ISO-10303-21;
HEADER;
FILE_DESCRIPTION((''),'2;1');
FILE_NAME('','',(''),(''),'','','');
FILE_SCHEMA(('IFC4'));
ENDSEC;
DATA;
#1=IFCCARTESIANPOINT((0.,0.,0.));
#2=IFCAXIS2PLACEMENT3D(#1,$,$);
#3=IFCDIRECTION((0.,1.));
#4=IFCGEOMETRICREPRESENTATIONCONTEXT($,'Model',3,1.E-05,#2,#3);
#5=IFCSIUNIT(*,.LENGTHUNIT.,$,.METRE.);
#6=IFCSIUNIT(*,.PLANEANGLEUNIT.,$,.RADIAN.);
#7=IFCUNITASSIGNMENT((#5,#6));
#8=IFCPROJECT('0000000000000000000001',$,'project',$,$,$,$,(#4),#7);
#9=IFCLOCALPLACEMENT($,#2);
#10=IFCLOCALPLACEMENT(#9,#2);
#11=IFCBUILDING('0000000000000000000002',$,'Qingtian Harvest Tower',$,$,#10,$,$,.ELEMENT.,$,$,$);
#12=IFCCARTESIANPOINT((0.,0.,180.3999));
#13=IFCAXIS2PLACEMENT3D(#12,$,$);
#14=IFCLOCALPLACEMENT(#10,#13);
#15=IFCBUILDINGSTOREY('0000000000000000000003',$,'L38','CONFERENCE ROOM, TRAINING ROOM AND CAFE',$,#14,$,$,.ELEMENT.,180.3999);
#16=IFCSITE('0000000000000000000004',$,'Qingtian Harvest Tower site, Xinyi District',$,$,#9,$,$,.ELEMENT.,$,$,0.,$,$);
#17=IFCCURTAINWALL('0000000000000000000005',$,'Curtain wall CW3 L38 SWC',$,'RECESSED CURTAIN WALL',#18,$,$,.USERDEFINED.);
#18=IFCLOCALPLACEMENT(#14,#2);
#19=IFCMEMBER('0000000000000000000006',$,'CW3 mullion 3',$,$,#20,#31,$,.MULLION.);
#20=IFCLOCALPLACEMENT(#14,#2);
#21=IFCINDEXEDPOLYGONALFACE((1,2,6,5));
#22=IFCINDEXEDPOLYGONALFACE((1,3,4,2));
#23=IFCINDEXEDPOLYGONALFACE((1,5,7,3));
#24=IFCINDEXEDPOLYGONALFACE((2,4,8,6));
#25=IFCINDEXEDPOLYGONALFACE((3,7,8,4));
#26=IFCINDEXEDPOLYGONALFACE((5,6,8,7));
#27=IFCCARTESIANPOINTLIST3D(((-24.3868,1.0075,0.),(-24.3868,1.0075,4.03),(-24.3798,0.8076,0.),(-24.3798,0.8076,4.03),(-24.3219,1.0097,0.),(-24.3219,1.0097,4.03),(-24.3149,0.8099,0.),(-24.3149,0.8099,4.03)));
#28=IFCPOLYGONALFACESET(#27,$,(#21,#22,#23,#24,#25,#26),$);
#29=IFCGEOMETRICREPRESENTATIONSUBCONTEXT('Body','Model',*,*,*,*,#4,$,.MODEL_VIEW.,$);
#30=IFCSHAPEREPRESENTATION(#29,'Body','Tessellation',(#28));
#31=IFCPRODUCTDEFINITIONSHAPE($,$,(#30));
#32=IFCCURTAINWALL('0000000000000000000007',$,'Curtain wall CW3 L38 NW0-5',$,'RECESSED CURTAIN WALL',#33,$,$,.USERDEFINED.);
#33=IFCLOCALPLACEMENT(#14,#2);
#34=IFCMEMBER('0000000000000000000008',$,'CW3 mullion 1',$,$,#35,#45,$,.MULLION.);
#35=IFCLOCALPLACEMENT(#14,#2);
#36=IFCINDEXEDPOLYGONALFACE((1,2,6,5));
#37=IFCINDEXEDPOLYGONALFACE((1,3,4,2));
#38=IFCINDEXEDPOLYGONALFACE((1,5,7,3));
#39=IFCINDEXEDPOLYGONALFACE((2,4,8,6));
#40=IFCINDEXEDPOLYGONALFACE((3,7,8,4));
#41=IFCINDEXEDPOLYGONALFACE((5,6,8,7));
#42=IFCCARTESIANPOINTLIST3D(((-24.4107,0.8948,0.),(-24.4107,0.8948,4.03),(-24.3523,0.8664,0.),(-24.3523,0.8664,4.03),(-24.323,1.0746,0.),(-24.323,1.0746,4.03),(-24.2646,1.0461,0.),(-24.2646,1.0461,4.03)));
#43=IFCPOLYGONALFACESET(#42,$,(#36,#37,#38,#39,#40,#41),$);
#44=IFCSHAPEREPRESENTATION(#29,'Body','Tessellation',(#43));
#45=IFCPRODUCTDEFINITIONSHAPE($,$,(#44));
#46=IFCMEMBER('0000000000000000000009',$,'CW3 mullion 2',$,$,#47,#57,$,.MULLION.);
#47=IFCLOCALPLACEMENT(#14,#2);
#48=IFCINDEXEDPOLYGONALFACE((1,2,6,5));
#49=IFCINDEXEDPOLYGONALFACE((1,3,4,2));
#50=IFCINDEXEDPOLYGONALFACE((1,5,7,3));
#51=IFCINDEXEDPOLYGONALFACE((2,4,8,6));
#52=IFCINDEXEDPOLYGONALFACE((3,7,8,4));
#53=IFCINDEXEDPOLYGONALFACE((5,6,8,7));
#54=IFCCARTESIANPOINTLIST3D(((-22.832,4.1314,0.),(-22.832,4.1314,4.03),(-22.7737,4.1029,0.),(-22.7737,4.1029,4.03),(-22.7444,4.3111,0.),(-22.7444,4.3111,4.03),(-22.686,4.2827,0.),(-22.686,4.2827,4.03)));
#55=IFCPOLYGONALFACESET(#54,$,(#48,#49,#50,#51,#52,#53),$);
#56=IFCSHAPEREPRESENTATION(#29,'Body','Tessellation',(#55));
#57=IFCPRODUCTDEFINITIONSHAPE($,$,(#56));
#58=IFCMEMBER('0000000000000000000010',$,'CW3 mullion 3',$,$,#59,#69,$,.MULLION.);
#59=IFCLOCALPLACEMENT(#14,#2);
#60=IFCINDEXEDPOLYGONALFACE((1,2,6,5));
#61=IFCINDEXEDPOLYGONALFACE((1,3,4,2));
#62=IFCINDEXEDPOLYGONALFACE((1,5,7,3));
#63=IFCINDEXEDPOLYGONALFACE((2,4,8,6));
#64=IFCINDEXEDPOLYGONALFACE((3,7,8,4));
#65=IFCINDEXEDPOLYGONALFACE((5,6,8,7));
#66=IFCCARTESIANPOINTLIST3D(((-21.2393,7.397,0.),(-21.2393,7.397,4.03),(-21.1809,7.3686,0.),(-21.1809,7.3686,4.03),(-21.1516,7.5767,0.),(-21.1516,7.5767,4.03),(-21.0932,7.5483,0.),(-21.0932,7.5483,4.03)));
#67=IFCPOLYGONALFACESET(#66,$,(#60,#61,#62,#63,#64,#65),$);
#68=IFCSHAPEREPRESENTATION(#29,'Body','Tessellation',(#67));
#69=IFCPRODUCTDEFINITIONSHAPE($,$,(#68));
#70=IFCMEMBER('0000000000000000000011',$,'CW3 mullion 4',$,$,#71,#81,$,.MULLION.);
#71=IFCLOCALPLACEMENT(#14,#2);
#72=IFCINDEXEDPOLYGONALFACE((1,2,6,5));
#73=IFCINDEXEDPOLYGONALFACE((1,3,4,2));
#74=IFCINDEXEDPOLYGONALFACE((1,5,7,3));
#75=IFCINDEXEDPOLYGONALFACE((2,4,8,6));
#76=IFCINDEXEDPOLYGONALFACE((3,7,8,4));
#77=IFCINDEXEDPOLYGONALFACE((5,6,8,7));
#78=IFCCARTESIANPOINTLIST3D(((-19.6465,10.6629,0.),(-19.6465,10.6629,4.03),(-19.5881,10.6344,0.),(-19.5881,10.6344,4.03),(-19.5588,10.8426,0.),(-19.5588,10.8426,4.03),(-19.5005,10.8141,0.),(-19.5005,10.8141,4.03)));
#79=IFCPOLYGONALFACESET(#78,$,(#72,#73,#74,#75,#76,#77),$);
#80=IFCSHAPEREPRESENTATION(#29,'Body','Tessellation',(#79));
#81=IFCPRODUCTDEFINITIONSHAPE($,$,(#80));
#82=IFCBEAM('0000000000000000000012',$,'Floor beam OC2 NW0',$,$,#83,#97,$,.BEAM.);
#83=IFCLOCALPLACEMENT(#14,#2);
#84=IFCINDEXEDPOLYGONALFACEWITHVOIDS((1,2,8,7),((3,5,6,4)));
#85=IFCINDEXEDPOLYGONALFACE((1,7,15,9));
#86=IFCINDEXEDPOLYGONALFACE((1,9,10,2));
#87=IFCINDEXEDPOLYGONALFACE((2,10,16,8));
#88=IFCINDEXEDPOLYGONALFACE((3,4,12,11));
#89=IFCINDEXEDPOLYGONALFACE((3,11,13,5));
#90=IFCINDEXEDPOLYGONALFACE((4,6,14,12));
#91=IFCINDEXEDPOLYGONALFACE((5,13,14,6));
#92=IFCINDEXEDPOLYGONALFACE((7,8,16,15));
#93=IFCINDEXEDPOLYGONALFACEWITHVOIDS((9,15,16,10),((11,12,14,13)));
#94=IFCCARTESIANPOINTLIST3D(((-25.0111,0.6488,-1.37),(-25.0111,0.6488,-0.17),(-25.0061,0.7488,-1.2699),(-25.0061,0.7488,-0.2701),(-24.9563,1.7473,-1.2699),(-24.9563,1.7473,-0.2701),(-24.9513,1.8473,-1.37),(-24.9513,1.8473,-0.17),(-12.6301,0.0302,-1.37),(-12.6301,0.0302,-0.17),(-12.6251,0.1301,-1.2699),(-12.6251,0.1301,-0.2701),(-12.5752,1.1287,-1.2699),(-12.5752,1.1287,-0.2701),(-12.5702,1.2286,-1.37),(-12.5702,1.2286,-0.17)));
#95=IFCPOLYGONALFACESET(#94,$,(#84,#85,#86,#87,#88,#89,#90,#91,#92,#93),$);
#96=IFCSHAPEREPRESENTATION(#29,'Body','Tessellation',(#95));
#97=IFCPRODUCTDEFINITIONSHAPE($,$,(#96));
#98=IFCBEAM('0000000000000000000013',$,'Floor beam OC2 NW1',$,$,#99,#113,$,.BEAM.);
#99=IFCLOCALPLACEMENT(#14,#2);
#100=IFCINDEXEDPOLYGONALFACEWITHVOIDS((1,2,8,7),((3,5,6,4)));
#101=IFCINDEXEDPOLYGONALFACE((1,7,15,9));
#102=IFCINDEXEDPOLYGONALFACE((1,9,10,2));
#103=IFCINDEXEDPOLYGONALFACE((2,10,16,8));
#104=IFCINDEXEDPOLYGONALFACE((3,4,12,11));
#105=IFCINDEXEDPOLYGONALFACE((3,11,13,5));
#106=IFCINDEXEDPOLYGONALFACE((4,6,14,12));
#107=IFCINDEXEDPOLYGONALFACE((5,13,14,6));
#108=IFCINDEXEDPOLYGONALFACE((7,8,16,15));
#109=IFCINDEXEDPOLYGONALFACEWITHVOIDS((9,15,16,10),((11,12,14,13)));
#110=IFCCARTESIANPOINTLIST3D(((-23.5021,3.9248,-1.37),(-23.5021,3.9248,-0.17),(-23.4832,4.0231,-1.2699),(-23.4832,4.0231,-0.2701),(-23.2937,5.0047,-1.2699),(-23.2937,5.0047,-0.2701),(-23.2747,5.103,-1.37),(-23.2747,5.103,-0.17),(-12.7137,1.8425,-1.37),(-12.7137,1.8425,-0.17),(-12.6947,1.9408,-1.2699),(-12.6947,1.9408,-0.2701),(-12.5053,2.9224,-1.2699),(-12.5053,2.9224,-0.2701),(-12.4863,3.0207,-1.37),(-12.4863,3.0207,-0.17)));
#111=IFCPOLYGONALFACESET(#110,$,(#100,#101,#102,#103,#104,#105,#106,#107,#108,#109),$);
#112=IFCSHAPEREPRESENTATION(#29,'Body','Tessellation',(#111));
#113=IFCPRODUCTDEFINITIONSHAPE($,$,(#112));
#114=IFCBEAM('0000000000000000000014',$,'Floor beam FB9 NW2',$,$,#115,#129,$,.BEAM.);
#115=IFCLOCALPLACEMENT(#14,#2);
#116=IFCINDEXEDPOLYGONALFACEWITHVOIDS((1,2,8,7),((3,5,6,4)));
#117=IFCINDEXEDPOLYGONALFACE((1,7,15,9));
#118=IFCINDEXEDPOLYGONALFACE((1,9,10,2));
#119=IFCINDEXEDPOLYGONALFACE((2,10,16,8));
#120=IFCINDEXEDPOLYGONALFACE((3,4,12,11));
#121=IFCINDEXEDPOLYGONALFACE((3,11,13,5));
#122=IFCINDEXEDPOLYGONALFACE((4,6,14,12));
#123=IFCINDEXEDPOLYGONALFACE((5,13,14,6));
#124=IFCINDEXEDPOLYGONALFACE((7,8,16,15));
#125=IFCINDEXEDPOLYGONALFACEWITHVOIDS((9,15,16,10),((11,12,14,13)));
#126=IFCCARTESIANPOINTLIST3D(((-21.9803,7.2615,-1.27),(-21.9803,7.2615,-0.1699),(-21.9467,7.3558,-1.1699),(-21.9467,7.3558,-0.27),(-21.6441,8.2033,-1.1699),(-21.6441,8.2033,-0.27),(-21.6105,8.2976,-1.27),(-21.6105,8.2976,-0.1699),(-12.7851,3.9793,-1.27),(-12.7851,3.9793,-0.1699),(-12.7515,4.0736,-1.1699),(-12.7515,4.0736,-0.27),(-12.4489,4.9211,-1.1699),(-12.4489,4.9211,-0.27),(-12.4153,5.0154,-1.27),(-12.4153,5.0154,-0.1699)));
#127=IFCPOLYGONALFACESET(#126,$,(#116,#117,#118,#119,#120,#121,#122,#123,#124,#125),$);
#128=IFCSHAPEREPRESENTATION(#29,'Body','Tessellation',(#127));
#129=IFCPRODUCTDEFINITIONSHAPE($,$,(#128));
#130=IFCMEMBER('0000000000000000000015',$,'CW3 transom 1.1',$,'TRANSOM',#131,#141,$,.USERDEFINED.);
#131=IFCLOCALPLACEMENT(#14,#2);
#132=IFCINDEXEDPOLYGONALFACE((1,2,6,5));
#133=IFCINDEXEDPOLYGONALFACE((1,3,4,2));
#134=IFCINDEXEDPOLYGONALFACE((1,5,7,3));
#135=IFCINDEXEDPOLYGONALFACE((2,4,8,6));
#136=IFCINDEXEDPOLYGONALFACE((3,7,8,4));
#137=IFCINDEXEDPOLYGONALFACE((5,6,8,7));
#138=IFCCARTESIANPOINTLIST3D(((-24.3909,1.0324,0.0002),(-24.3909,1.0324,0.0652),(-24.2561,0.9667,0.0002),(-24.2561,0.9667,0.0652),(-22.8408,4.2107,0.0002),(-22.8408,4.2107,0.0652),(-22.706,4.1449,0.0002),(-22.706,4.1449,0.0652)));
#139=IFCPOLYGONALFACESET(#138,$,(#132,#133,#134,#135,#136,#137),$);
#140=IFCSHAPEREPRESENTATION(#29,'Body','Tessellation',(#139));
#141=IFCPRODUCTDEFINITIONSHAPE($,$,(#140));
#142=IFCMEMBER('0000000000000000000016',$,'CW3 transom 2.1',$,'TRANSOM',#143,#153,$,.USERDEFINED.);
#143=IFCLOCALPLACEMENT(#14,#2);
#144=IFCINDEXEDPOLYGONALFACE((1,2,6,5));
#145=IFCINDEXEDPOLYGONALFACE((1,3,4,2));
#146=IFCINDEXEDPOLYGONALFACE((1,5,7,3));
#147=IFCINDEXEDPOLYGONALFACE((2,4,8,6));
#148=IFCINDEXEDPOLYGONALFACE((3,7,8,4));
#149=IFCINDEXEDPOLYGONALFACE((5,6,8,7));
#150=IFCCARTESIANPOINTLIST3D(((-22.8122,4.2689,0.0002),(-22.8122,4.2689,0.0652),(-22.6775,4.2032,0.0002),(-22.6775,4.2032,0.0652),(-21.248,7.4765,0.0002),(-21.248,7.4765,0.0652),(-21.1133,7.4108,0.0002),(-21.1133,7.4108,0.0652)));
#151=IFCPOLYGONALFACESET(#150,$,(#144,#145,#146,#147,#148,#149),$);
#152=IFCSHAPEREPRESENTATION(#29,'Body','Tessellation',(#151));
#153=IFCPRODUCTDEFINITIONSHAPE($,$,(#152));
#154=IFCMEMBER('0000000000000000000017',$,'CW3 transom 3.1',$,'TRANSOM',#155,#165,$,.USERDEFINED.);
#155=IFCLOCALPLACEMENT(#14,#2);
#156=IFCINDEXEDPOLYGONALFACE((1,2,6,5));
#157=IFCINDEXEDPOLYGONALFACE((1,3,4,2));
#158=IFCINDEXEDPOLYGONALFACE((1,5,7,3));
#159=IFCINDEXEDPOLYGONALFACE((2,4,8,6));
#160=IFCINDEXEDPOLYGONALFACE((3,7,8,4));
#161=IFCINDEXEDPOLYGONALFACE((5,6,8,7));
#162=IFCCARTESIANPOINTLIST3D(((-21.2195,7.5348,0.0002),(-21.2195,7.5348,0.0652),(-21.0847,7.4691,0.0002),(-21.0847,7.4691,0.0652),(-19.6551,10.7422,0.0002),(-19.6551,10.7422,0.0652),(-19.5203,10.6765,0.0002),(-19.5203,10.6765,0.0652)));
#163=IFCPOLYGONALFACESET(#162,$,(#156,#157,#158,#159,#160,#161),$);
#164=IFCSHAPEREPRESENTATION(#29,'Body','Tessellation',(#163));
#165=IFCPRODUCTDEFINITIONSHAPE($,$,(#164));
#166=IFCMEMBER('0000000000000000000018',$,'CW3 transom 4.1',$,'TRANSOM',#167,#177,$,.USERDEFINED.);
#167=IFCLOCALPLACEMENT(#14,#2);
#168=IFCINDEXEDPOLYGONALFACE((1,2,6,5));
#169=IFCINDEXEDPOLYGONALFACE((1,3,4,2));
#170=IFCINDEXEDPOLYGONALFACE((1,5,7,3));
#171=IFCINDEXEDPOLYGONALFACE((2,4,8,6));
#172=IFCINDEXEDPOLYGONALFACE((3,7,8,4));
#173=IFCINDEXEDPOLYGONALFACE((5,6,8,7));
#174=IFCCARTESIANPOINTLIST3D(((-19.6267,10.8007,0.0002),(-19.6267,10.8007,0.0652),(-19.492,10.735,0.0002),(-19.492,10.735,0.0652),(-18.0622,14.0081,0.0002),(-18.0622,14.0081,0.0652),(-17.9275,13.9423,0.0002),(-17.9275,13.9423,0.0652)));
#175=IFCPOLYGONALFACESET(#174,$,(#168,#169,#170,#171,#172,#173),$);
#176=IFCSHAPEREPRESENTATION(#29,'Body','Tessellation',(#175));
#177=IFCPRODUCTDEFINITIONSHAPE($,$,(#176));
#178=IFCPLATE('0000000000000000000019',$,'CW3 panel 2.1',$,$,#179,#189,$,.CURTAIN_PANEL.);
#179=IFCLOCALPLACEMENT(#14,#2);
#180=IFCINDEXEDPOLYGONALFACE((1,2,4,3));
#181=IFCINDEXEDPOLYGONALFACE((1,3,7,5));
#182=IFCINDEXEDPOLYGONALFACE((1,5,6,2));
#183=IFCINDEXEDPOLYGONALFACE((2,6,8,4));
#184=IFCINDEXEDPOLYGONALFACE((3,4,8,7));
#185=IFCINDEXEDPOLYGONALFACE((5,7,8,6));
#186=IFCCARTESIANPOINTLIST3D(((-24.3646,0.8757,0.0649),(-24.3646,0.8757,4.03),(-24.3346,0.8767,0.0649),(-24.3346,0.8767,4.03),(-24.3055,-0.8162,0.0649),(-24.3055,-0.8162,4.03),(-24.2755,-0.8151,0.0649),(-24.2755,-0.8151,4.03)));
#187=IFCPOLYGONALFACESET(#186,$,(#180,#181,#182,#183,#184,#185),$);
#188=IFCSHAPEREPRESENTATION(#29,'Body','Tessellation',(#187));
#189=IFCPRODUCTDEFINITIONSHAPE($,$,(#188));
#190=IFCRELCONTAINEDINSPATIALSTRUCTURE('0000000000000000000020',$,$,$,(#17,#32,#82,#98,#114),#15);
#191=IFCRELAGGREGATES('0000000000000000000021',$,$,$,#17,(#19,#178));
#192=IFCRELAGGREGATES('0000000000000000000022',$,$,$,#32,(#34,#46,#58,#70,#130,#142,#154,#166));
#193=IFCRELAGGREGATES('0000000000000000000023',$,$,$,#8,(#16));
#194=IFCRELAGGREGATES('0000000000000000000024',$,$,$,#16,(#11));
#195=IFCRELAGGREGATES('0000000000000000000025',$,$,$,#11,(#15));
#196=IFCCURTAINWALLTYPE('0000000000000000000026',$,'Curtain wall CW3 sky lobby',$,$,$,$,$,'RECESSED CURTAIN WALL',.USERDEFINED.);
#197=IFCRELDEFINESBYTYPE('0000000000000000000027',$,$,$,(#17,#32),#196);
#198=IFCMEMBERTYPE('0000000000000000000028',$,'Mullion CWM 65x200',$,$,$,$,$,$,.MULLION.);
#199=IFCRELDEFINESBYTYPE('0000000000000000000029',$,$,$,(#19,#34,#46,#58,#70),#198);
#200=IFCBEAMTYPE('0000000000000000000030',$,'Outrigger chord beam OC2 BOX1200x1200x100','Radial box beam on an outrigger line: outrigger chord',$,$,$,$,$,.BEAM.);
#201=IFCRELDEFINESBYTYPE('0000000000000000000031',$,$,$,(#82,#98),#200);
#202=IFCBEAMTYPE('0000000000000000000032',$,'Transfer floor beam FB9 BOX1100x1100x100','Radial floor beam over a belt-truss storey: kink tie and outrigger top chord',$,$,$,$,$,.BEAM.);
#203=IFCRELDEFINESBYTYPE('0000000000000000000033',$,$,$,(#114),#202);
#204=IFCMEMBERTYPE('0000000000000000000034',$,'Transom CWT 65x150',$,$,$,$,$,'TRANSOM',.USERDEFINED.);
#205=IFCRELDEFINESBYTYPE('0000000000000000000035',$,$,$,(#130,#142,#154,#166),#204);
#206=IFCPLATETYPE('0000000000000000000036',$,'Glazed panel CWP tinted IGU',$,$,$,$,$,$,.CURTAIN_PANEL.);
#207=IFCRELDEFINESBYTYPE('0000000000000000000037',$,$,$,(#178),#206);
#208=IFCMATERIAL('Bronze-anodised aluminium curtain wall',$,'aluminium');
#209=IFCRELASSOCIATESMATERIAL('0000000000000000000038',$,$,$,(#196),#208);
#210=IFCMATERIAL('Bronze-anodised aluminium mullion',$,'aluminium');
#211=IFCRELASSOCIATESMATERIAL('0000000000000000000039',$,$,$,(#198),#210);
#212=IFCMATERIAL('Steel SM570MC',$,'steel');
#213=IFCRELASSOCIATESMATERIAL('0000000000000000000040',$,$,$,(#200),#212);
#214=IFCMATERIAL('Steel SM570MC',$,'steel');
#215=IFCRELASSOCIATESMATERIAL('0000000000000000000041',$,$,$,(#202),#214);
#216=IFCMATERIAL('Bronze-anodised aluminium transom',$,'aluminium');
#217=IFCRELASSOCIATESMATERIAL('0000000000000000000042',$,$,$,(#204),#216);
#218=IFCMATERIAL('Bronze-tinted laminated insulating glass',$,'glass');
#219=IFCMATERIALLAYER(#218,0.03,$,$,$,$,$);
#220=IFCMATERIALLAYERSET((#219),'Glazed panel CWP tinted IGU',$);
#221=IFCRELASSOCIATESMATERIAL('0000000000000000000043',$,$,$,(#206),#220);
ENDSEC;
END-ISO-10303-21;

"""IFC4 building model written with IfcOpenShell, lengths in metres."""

from ifc_helpers import new_model, si_unit, direction, frame, origin, origin_2d, place, context, subcontext, project, spatial, rectangle, hollow_rectangle, extrude, material, layer, layer_set, material_profile, profile_set, type_object, element, aggregate, save


model = new_model("IFC4")

# Units and contexts
model_context = context("Model", 3, precision=1e-05, world=origin(), true_north=direction((0.0, 1.0)))
body_context = subcontext(model_context, "Body", "Model", "MODEL_VIEW")
ifc_project = project(units=[si_unit("LENGTHUNIT", "METRE"), si_unit("PLANEANGLEUNIT", "RADIAN")], contexts=[model_context])

# Site, building, storey
site_placement = place(None, origin())
site = spatial("IfcSite", under=ifc_project, at=site_placement, Name="Qingtian Harvest Tower site, Xinyi District", CompositionType="ELEMENT", RefElevation=0.0)
building_placement = place(site_placement, origin())
building = spatial("IfcBuilding", under=site, at=building_placement, Name="Qingtian Harvest Tower", CompositionType="ELEMENT")
storey_placement = place(building_placement, frame((0.0, 0.0, 180.3999)))
storey = spatial("IfcBuildingStorey", under=building, at=storey_placement, Name="L38", Description="CONFERENCE ROOM, TRAINING ROOM AND CAFE", CompositionType="ELEMENT", Elevation=180.3999)

# Curtain wall, member
ifc_material_1 = material(Name="Bronze-anodised aluminium curtain wall", Category="aluminium")
curtain_wall_type = type_object("IfcCurtainWallType", Name="Curtain wall CW3 sky lobby", ElementType="RECESSED CURTAIN WALL", PredefinedType="USERDEFINED", material=ifc_material_1)
curtain_wall_1_placement = place(storey_placement, origin())
curtain_wall_1 = element("IfcCurtainWall", 1, at=curtain_wall_1_placement, inside=storey, type_object=curtain_wall_type, Name="Curtain wall CW3 L38 SWC", ObjectType="RECESSED CURTAIN WALL", PredefinedType="USERDEFINED")
ifc_material_2 = material(Name="Bronze-anodised aluminium mullion", Category="aluminium")
ifc_material_profile_1 = material_profile(ifc_material_2, rectangle(XDim=0.0649, YDim=0.2, at=origin_2d()), Name="AL 65x200")
ifc_profile_set_1 = profile_set([ifc_material_profile_1], Name="Bronze-anodised aluminium mullion")
member_type_1 = type_object("IfcMemberType", Name="Mullion CWM 65x200", PredefinedType="MULLION", material=ifc_profile_set_1)
member_1_placement = place(storey_placement, frame((-24.3508, 0.9087, 0.0), z_axis=(0.0, 0.0, 1.0), x_axis=(-0.999391, -0.034899, 0.0)))
member_1 = element("IfcMember", 2, at=member_1_placement, type_object=member_type_1, Name="CW3 mullion 3", PredefinedType="MULLION", context=body_context, shape_type="SweptSolid", body=[
    extrude(rectangle(XDim=0.0649, YDim=0.2, at=origin_2d()), origin(), (0.0, 0.0, 1.0), 4.03),
])

# Curtain wall, members
curtain_wall_2_placement = place(storey_placement, origin())
curtain_wall_2 = element("IfcCurtainWall", 3, at=curtain_wall_2_placement, inside=storey, type_object=curtain_wall_type, Name="Curtain wall CW3 L38 NW0-5", ObjectType="RECESSED CURTAIN WALL", PredefinedType="USERDEFINED")
member_2_placement = place(storey_placement, frame((-24.3376, 0.9705, 0.0), z_axis=(0.0, 0.0, 1.0), x_axis=(-0.898794, 0.438371, 0.0)))
member_2 = element("IfcMember", 4, at=member_2_placement, type_object=member_type_1, Name="CW3 mullion 1", PredefinedType="MULLION", context=body_context, shape_type="SweptSolid", body=[
    extrude(rectangle(XDim=0.0649, YDim=0.2, at=origin_2d()), origin(), (0.0, 0.0, 1.0), 4.03),
])
member_3_placement = place(storey_placement, frame((-22.759, 4.207, 0.0), z_axis=(0.0, 0.0, 1.0), x_axis=(-0.898794, 0.438371, 0.0)))
member_3 = element("IfcMember", 5, at=member_3_placement, type_object=member_type_1, Name="CW3 mullion 2", PredefinedType="MULLION", context=body_context, shape_type="SweptSolid", body=[
    extrude(rectangle(XDim=0.0649, YDim=0.2, at=origin_2d()), origin(), (0.0, 0.0, 1.0), 4.03),
])
member_4_placement = place(storey_placement, frame((-21.1663, 7.4727, 0.0), z_axis=(0.0, 0.0, 1.0), x_axis=(-0.898794, 0.438371, 0.0)))
member_4 = element("IfcMember", 6, at=member_4_placement, type_object=member_type_1, Name="CW3 mullion 3", PredefinedType="MULLION", context=body_context, shape_type="SweptSolid", body=[
    extrude(rectangle(XDim=0.0649, YDim=0.2, at=origin_2d()), origin(), (0.0, 0.0, 1.0), 4.03),
])
member_5_placement = place(storey_placement, frame((-19.5735, 10.7385, 0.0), z_axis=(0.0, 0.0, 1.0), x_axis=(-0.898794, 0.438371, 0.0)))
member_5 = element("IfcMember", 7, at=member_5_placement, type_object=member_type_1, Name="CW3 mullion 4", PredefinedType="MULLION", context=body_context, shape_type="SweptSolid", body=[
    extrude(rectangle(XDim=0.0649, YDim=0.2, at=origin_2d()), origin(), (0.0, 0.0, 1.0), 4.03),
])

# Beams
ifc_material_3 = material(Name="Steel SM570MC", Category="steel")
ifc_material_profile_2 = material_profile(ifc_material_3, hollow_rectangle(XDim=1.2, YDim=1.2, WallThickness=0.1001, at=origin_2d()), Name="BOX1200x1200x100")
ifc_profile_set_2 = profile_set([ifc_material_profile_2], Name="Steel SM570MC")
beam_type_1 = type_object("IfcBeamType", Name="Outrigger chord beam OC2 BOX1200x1200x100", Description="Radial box beam on an outrigger line: outrigger chord", PredefinedType="BEAM", material=ifc_profile_set_2)
beam_1_placement = place(storey_placement, frame((-24.9812, 1.248, -0.77), z_axis=(0.998754, -0.049905, 0.0), x_axis=(0.049905, 0.998754, 0.0)))
element("IfcBeam", 8, at=beam_1_placement, inside=storey, type_object=beam_type_1, Name="Floor beam OC2 NW0", PredefinedType="BEAM", context=body_context, shape_type="SweptSolid", body=[
    extrude(hollow_rectangle(XDim=1.2, YDim=1.2, WallThickness=0.1001, at=origin_2d()), origin(), (0.0, 0.0, 1.0), 12.3965),
])
beam_2_placement = place(storey_placement, frame((-23.3884, 4.5139, -0.77), z_axis=(0.981878, -0.189514, 0.0), x_axis=(0.189514, 0.981878, 0.0)))
element("IfcBeam", 9, at=beam_2_placement, inside=storey, type_object=beam_type_1, Name="Floor beam OC2 NW1", PredefinedType="BEAM", context=body_context, shape_type="SweptSolid", body=[
    extrude(hollow_rectangle(XDim=1.2, YDim=1.2, WallThickness=0.1001, at=origin_2d()), origin(), (0.0, 0.0, 1.0), 10.9875),
])
ifc_material_4 = material(Name="Steel SM570MC", Category="steel")
ifc_material_profile_3 = material_profile(ifc_material_4, hollow_rectangle(XDim=1.1001, YDim=1.1001, WallThickness=0.1001, at=origin_2d()), Name="BOX1100x1100x100")
ifc_profile_set_3 = profile_set([ifc_material_profile_3], Name="Steel SM570MC")
beam_type_2 = type_object("IfcBeamType", Name="Transfer floor beam FB9 BOX1100x1100x100", Description="Radial floor beam over a belt-truss storey: kink tie and outrigger top chord", PredefinedType="BEAM", material=ifc_profile_set_3)
beam_3_placement = place(storey_placement, frame((-21.7954, 7.7795, -0.72), z_axis=(0.941801, -0.336172, 0.0), x_axis=(0.336172, 0.941801, 0.0)))
element("IfcBeam", 10, at=beam_3_placement, inside=storey, type_object=beam_type_2, Name="Floor beam FB9 NW2", PredefinedType="BEAM", context=body_context, shape_type="SweptSolid", body=[
    extrude(hollow_rectangle(XDim=1.1001, YDim=1.1001, WallThickness=0.1001, at=origin_2d()), origin(), (0.0, 0.0, 1.0), 9.7634),
])

# Members
ifc_material_5 = material(Name="Bronze-anodised aluminium transom", Category="aluminium")
ifc_material_profile_4 = material_profile(ifc_material_5, rectangle(XDim=0.1499, YDim=0.0649, at=origin_2d()), Name="AL 65x150")
ifc_profile_set_4 = profile_set([ifc_material_profile_4], Name="Bronze-anodised aluminium transom")
member_type_2 = type_object("IfcMemberType", Name="Transom CWT 65x150", ElementType="TRANSOM", PredefinedType="USERDEFINED", material=ifc_profile_set_4)
member_6_placement = place(storey_placement, frame((-24.3235, 0.9995, 0.0327), z_axis=(0.438354, 0.898802, 0.0), x_axis=(-0.898802, 0.438354, 0.0)))
member_6 = element("IfcMember", 11, at=member_6_placement, type_object=member_type_2, Name="CW3 transom 1.1", ObjectType="TRANSOM", PredefinedType="USERDEFINED", context=body_context, shape_type="SweptSolid", body=[
    extrude(rectangle(XDim=0.1499, YDim=0.0649, at=origin_2d()), origin(), (0.0, 0.0, 1.0), 3.5361),
])
member_7_placement = place(storey_placement, frame((-22.7449, 4.2361, 0.0327), z_axis=(0.438325, 0.898816, 0.0), x_axis=(-0.898816, 0.438325, 0.0)))
member_7 = element("IfcMember", 12, at=member_7_placement, type_object=member_type_2, Name="CW3 transom 2.1", ObjectType="TRANSOM", PredefinedType="USERDEFINED", context=body_context, shape_type="SweptSolid", body=[
    extrude(rectangle(XDim=0.1499, YDim=0.0649, at=origin_2d()), origin(), (0.0, 0.0, 1.0), 3.5686),
])
member_8_placement = place(storey_placement, frame((-21.1521, 7.502, 0.0327), z_axis=(0.438381, 0.898789, 0.0), x_axis=(-0.898789, 0.438381, 0.0)))
member_8 = element("IfcMember", 13, at=member_8_placement, type_object=member_type_2, Name="CW3 transom 3.1", ObjectType="TRANSOM", PredefinedType="USERDEFINED", context=body_context, shape_type="SweptSolid", body=[
    extrude(rectangle(XDim=0.1499, YDim=0.0649, at=origin_2d()), origin(), (0.0, 0.0, 1.0), 3.5686),
])
member_9_placement = place(storey_placement, frame((-19.5593, 10.7678, 0.0327), z_axis=(0.438407, 0.898776, 0.0), x_axis=(-0.898776, 0.438407, 0.0)))
member_9 = element("IfcMember", 14, at=member_9_placement, type_object=member_type_2, Name="CW3 transom 4.1", ObjectType="TRANSOM", PredefinedType="USERDEFINED", context=body_context, shape_type="SweptSolid", body=[
    extrude(rectangle(XDim=0.1499, YDim=0.0649, at=origin_2d()), origin(), (0.0, 0.0, 1.0), 3.5686),
])

# Plate
ifc_material_6 = material(Name="Bronze-tinted laminated insulating glass", Category="glass")
ifc_layer_1 = layer(ifc_material_6, 0.03)
ifc_layer_set_1 = layer_set([ifc_layer_1], Name="Glazed panel CWP tinted IGU")
plate_type = type_object("IfcPlateType", Name="Glazed panel CWP tinted IGU", PredefinedType="CURTAIN_PANEL", material=ifc_layer_set_1)
plate_1_placement = place(storey_placement, frame((-24.3201, 0.0303, 0.0649), z_axis=(0.0, 0.0, 1.0), x_axis=(-0.034899, 0.999391, 0.0)))
plate_1 = element("IfcPlate", 15, at=plate_1_placement, type_object=plate_type, Name="CW3 panel 2.1", PredefinedType="CURTAIN_PANEL", context=body_context, shape_type="SweptSolid", body=[
    extrude(rectangle(XDim=1.6929, YDim=0.03, at=origin_2d()), origin(), (0.0, 0.0, 1.0), 3.9651),
])
aggregate(curtain_wall_1, [member_1, plate_1])
aggregate(curtain_wall_2, [member_2, member_3, member_4, member_5, member_6, member_7, member_8, member_9])

save(model, "model.ifc")
